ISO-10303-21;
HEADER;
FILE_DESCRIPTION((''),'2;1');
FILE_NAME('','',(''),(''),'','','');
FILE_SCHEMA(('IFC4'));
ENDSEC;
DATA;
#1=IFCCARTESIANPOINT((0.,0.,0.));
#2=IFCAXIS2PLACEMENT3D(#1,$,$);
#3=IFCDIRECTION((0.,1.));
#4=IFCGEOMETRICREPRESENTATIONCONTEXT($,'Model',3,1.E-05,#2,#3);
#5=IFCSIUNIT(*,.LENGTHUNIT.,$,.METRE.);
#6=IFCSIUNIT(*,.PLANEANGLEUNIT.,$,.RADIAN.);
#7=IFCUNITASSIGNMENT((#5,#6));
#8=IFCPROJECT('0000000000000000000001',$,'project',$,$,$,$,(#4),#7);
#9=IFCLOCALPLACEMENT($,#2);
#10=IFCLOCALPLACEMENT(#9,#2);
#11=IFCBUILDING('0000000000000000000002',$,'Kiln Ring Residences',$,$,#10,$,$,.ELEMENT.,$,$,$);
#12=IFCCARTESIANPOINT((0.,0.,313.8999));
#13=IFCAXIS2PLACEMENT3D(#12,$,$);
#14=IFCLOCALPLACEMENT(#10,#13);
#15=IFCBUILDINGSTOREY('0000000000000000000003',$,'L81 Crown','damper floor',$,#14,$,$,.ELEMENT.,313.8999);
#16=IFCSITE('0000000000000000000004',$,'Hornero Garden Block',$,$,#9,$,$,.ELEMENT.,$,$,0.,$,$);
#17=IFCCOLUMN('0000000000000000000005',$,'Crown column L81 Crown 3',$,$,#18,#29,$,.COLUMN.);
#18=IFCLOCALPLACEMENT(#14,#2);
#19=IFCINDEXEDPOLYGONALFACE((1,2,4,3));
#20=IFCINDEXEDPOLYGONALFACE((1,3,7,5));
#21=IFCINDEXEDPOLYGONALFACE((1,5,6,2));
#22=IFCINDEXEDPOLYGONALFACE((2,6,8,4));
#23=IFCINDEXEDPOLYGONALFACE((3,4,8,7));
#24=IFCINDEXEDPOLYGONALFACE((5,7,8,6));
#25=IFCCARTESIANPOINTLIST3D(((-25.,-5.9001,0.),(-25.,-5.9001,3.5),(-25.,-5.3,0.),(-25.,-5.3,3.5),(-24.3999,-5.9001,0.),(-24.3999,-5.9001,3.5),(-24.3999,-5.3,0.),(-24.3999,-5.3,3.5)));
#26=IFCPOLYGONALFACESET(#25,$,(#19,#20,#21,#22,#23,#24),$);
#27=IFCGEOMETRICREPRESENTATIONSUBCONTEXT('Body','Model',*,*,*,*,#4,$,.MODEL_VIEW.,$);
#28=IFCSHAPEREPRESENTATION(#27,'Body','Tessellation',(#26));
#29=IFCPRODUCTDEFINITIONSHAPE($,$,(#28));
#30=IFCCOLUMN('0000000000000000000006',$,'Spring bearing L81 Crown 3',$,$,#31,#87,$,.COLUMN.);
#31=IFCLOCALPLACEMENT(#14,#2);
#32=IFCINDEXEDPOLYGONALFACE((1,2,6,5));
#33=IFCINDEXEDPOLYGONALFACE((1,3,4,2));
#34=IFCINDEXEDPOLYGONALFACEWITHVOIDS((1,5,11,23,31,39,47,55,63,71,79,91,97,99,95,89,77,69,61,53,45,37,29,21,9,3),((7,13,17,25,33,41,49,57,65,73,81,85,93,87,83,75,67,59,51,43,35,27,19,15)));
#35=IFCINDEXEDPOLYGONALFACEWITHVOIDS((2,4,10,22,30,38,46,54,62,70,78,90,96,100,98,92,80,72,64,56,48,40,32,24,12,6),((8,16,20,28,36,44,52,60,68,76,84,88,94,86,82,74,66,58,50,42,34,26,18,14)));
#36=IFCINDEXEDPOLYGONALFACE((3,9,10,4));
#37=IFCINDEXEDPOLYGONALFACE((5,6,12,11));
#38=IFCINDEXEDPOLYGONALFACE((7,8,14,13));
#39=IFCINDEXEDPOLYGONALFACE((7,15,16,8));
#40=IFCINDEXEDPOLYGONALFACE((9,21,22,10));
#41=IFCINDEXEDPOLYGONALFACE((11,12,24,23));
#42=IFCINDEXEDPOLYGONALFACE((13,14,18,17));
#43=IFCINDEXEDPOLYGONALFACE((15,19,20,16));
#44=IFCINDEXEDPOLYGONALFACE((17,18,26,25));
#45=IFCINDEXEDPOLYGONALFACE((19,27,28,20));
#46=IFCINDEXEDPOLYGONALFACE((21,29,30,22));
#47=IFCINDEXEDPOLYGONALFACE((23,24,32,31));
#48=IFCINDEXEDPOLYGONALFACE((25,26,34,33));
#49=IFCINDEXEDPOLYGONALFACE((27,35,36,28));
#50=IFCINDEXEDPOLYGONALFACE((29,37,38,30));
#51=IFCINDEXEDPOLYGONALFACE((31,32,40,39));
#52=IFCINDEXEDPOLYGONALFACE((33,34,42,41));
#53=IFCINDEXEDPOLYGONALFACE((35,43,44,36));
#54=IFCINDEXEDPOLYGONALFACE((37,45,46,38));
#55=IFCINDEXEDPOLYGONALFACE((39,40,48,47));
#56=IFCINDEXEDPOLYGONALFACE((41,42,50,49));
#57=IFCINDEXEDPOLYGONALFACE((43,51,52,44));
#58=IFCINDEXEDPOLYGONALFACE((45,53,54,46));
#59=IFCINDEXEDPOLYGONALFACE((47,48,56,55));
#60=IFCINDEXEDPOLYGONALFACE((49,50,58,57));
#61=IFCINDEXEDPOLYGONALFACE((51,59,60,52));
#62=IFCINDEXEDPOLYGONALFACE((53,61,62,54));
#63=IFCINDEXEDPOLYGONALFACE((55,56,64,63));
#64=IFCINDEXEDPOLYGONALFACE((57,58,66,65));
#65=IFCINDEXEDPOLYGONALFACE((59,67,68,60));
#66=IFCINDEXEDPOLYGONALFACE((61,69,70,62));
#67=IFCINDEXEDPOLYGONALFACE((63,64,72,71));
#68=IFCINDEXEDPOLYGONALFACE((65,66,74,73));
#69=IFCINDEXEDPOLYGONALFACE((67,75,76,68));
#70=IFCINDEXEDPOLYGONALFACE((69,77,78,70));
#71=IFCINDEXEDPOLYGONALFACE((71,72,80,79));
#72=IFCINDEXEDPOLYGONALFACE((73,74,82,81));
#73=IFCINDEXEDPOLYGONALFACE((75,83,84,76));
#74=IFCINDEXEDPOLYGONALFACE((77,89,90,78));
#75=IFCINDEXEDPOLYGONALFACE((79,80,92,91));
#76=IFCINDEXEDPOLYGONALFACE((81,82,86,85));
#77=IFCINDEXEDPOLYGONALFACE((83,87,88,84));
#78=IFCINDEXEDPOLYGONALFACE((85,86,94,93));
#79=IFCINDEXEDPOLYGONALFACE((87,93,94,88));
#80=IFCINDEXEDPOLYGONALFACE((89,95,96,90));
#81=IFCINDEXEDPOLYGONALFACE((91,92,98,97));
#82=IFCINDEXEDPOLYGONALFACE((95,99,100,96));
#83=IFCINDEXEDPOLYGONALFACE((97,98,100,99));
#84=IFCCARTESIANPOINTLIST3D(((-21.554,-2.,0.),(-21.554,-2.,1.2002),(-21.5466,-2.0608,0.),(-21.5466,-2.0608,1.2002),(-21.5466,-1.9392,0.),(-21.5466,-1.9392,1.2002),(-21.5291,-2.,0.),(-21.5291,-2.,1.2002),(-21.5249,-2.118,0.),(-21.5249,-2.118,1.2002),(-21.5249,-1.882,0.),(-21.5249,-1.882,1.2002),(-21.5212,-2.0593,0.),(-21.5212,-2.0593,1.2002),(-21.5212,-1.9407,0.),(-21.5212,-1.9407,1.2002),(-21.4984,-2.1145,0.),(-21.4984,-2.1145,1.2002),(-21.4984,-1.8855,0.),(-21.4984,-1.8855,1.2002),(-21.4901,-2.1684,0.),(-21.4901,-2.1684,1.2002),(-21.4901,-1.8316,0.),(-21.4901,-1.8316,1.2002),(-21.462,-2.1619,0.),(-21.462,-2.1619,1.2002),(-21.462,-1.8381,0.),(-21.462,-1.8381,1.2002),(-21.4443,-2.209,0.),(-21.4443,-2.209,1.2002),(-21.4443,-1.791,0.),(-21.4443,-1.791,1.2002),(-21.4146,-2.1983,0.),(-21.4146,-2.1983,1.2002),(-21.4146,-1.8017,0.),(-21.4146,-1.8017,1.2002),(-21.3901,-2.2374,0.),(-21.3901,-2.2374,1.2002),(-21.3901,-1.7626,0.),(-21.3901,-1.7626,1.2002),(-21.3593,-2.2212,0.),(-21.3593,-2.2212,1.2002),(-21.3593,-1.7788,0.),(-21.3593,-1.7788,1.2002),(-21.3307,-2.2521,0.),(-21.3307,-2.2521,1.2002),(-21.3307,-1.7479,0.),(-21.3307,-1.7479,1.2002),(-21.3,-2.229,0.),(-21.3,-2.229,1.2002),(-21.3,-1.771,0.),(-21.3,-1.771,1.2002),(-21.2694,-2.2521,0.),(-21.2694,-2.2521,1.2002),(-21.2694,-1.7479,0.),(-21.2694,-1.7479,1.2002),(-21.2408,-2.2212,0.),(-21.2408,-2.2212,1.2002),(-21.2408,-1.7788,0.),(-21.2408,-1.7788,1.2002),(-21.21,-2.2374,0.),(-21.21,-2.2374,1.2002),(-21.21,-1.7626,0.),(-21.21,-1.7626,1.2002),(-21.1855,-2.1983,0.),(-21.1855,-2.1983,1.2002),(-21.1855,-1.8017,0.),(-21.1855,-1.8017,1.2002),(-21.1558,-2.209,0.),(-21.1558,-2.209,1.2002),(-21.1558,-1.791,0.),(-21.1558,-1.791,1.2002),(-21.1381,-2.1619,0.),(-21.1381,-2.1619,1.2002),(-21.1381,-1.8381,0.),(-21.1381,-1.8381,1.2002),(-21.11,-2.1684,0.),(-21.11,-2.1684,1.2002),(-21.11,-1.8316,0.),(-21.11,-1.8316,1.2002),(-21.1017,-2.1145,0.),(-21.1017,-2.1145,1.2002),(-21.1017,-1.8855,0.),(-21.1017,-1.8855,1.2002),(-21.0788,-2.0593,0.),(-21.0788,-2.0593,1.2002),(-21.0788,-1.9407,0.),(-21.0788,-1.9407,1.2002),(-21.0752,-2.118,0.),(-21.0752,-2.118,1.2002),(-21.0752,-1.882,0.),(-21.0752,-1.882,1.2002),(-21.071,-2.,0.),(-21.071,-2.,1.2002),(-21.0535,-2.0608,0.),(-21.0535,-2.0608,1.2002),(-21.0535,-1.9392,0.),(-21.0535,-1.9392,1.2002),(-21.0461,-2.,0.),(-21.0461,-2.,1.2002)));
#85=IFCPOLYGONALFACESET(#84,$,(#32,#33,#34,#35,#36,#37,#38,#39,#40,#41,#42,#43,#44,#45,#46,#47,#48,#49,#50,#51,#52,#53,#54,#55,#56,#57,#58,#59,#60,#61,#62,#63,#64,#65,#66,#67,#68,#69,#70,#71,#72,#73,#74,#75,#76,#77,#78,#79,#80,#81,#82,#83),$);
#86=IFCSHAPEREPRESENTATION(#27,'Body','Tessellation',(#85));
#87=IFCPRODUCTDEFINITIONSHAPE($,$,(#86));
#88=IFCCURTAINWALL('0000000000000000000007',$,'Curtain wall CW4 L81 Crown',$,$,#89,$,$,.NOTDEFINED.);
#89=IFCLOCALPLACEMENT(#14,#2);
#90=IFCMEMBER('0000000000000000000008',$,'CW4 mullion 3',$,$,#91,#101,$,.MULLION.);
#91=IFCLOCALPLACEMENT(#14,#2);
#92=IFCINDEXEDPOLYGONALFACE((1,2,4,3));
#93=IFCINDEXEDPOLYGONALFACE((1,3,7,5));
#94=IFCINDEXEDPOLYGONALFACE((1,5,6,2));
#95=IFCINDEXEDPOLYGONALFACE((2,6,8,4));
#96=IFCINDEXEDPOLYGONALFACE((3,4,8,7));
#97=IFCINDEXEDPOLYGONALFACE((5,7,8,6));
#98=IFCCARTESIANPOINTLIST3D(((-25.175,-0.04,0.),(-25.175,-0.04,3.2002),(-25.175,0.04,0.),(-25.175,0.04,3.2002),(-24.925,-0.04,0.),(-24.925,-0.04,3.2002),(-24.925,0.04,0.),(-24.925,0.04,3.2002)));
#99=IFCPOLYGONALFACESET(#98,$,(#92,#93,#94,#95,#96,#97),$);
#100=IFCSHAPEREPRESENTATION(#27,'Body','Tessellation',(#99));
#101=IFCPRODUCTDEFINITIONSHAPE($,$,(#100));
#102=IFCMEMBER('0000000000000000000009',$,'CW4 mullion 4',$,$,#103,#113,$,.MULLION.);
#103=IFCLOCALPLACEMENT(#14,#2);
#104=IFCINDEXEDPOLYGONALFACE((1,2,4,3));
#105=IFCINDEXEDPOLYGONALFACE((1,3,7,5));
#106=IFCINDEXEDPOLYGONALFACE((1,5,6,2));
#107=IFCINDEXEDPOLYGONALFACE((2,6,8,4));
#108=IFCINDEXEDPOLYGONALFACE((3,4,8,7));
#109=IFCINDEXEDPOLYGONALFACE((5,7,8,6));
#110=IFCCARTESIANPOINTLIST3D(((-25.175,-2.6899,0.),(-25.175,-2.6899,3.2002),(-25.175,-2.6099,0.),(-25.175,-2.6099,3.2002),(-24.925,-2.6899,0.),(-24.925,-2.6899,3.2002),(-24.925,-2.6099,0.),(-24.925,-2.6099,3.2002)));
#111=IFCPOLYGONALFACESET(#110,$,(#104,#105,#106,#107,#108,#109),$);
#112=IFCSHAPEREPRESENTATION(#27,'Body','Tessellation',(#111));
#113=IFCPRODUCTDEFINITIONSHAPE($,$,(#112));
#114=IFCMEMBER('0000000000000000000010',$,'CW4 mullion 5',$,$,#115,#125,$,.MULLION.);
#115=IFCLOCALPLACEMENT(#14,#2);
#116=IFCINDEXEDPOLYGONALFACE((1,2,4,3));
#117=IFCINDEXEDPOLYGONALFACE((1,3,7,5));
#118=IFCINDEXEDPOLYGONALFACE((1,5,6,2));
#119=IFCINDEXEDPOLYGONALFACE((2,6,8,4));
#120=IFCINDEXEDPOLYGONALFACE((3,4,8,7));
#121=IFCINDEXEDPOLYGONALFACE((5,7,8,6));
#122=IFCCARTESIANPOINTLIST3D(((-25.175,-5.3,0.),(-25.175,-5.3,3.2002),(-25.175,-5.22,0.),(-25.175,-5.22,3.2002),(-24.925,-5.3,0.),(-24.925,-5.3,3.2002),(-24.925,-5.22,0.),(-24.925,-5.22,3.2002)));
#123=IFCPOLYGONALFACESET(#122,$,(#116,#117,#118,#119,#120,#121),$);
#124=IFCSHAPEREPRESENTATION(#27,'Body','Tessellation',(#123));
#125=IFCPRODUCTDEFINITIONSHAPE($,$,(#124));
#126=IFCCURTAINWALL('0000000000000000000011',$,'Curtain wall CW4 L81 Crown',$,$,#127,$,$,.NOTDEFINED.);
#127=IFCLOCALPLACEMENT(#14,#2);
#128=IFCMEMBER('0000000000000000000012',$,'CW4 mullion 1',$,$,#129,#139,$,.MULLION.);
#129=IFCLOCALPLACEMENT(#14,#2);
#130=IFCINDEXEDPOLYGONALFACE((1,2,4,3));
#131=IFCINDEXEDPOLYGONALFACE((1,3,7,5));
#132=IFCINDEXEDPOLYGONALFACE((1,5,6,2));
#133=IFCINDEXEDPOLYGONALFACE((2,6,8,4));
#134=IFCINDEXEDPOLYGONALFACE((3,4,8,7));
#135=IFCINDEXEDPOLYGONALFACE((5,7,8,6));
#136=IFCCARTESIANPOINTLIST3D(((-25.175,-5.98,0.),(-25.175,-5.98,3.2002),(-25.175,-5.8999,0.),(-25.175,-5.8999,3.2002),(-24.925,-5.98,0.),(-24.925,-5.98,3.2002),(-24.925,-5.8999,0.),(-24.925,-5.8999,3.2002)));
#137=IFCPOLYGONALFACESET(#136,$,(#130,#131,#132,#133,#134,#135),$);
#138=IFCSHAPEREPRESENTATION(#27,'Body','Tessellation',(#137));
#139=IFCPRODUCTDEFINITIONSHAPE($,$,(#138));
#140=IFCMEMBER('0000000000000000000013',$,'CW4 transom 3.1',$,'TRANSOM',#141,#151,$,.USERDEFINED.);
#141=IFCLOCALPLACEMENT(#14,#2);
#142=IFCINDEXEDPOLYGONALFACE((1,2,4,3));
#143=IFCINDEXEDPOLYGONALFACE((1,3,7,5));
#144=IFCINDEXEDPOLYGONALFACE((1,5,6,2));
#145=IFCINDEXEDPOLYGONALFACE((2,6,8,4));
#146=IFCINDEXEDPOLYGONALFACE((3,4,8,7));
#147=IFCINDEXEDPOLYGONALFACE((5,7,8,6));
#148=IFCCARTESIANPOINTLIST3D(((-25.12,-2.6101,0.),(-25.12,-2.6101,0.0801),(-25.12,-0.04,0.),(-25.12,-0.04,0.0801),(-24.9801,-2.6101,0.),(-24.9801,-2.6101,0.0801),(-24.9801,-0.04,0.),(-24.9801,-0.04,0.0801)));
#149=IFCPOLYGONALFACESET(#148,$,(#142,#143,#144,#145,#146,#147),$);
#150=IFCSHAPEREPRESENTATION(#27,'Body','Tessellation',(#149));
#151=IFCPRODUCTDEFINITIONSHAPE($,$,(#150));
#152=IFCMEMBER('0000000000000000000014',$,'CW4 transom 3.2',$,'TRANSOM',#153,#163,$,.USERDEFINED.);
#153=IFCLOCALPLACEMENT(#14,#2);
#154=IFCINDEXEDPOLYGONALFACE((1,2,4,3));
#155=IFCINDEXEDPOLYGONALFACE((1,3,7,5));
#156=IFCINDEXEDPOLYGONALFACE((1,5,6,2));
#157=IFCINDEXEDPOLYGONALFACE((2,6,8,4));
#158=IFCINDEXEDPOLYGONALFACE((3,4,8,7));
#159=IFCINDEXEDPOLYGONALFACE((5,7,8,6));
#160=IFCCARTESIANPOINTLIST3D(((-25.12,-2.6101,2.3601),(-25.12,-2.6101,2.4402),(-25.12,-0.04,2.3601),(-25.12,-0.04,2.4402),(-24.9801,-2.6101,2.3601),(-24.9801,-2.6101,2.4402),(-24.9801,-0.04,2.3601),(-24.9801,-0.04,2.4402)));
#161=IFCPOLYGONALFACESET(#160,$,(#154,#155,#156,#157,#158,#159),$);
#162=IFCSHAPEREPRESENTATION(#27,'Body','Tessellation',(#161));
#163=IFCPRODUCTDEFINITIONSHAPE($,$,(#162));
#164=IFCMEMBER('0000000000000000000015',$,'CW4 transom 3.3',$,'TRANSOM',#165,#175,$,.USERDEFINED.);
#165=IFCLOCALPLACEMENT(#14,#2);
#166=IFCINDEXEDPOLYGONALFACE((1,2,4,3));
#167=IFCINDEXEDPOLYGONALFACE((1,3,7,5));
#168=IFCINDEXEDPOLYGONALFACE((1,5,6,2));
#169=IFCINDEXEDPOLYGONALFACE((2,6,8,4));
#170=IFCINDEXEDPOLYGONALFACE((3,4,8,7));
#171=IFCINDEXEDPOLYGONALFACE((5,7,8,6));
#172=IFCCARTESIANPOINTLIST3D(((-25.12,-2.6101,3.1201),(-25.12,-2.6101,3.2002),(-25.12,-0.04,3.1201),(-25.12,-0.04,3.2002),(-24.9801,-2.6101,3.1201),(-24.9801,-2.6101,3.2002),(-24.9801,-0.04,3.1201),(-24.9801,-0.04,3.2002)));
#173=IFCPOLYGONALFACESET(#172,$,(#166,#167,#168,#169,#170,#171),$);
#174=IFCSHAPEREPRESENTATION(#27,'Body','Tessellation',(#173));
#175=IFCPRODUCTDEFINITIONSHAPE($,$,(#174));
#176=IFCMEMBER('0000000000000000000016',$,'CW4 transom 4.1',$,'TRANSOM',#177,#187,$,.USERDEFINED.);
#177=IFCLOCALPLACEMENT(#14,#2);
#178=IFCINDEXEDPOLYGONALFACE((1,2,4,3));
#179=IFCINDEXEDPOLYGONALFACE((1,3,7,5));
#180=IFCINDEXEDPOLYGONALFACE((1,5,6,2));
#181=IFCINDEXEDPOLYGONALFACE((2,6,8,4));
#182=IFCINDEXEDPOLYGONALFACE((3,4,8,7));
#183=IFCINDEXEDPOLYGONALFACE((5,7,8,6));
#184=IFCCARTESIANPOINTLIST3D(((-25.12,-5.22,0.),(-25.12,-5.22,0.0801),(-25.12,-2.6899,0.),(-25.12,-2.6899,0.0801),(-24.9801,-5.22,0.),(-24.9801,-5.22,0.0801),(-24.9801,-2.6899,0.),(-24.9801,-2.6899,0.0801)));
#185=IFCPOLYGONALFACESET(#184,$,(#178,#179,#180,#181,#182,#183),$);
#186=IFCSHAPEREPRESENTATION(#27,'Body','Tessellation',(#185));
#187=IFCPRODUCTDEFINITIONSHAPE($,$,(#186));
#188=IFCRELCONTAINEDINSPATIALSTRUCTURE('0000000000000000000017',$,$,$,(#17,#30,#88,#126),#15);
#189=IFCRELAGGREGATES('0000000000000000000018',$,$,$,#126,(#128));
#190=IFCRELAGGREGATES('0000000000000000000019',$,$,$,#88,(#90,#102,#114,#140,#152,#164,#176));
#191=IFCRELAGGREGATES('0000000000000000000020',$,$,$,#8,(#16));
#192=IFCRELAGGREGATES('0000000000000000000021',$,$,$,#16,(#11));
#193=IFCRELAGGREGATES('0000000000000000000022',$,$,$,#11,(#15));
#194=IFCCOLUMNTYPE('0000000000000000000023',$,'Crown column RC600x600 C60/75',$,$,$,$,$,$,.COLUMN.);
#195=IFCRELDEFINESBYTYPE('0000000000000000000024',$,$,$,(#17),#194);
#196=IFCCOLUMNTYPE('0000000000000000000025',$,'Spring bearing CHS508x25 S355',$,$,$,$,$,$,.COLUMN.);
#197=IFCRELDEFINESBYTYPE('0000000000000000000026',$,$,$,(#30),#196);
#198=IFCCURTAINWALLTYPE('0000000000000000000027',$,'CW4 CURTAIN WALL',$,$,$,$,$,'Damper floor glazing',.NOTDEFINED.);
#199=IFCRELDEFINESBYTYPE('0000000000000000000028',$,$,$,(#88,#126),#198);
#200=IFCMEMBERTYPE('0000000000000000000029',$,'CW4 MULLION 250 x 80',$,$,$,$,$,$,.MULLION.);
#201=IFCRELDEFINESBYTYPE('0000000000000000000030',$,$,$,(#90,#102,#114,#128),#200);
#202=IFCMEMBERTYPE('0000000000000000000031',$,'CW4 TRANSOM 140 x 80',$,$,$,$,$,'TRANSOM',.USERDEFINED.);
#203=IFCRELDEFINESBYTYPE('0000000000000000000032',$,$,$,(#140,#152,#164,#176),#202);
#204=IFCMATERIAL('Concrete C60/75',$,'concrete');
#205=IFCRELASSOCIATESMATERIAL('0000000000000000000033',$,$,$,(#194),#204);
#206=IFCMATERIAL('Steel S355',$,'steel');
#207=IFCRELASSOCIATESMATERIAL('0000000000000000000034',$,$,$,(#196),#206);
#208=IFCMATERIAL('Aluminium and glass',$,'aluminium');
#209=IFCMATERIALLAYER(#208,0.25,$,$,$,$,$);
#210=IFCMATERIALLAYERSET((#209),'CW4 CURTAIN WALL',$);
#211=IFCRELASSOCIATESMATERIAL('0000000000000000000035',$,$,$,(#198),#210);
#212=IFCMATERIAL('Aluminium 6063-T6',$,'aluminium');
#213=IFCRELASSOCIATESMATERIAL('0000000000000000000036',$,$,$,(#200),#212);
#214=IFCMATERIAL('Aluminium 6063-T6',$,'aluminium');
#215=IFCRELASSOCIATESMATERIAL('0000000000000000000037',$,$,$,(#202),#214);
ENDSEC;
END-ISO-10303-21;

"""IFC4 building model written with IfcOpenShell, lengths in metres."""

from ifc_helpers import new_model, si_unit, direction, frame, origin, origin_2d, place, context, subcontext, project, spatial, rectangle, hollow_circle, extrude, material, layer, layer_set, material_profile, profile_set, type_object, element, aggregate, save


model = new_model("IFC4")

# Units and contexts
model_context = context("Model", 3, precision=1e-05, world=origin(), true_north=direction((0.0, 1.0)))
body_context = subcontext(model_context, "Body", "Model", "MODEL_VIEW")
ifc_project = project(units=[si_unit("LENGTHUNIT", "METRE"), si_unit("PLANEANGLEUNIT", "RADIAN")], contexts=[model_context])

# Site, building, storey
site_placement = place(None, origin())
site = spatial("IfcSite", under=ifc_project, at=site_placement, Name="Hornero Garden Block", CompositionType="ELEMENT", RefElevation=0.0)
building_placement = place(site_placement, origin())
building = spatial("IfcBuilding", under=site, at=building_placement, Name="Kiln Ring Residences", CompositionType="ELEMENT")
storey_placement = place(building_placement, frame((0.0, 0.0, 313.8999)))
storey = spatial("IfcBuildingStorey", under=building, at=storey_placement, Name="L81 Crown", Description="damper floor", CompositionType="ELEMENT", Elevation=313.8999)

# Columns
ifc_material_1 = material(Name="Concrete C60/75", Category="concrete")
ifc_material_profile_1 = material_profile(ifc_material_1, rectangle(XDim=0.6001, YDim=0.6001, at=origin_2d()), Name="RC600x600")
ifc_profile_set_1 = profile_set([ifc_material_profile_1], Name="Concrete C60/75")
column_type_1 = type_object("IfcColumnType", Name="Crown column RC600x600 C60/75", PredefinedType="COLUMN", material=ifc_profile_set_1)
column_1_placement = place(storey_placement, frame((-24.7, -5.6001, 0.0), z_axis=(0.0, 0.0, 1.0), x_axis=(1.0, 0.0, 0.0)))
element("IfcColumn", 1, at=column_1_placement, inside=storey, type_object=column_type_1, Name="Crown column L81 Crown 3", PredefinedType="COLUMN", context=body_context, shape_type="SweptSolid", body=[
    extrude(rectangle(XDim=0.6001, YDim=0.6001, at=origin_2d()), origin(), (0.0, 0.0, 1.0), 3.5),
])
ifc_material_2 = material(Name="Steel S355", Category="steel")
ifc_material_profile_2 = material_profile(ifc_material_2, hollow_circle(Radius=0.2539, WallThickness=0.0249, at=origin_2d()), Name="CHS508x25")
ifc_profile_set_2 = profile_set([ifc_material_profile_2], Name="Steel S355")
column_type_2 = type_object("IfcColumnType", Name="Spring bearing CHS508x25 S355", PredefinedType="COLUMN", material=ifc_profile_set_2)
column_2_placement = place(storey_placement, frame((-21.3, -2.0, 0.0), z_axis=(0.0, 0.0, 1.0), x_axis=(1.0, 0.0, 0.0)))
element("IfcColumn", 2, at=column_2_placement, inside=storey, type_object=column_type_2, Name="Spring bearing L81 Crown 3", PredefinedType="COLUMN", context=body_context, shape_type="SweptSolid", body=[
    extrude(hollow_circle(Radius=0.2539, WallThickness=0.0249, at=origin_2d()), origin(), (0.0, 0.0, 1.0), 1.2002),
])

# Curtain wall, members
ifc_material_3 = material(Name="Aluminium and glass", Category="aluminium")
ifc_layer_1 = layer(ifc_material_3, 0.25)
ifc_layer_set_1 = layer_set([ifc_layer_1], Name="CW4 CURTAIN WALL")
curtain_wall_type = type_object("IfcCurtainWallType", Name="CW4 CURTAIN WALL", ElementType="Damper floor glazing", PredefinedType="NOTDEFINED", material=ifc_layer_set_1)
placement = place(storey_placement, origin())
curtain_wall_1 = element("IfcCurtainWall", 3, at=placement, inside=storey, type_object=curtain_wall_type, Name="Curtain wall CW4 L81 Crown", PredefinedType="NOTDEFINED")
ifc_material_4 = material(Name="Aluminium 6063-T6", Category="aluminium")
ifc_material_profile_3 = material_profile(ifc_material_4, rectangle(XDim=0.25, YDim=0.0801, at=origin_2d()), Name="AL 250x80")
ifc_profile_set_3 = profile_set([ifc_material_profile_3], Name="Aluminium 6063-T6")
member_type_1 = type_object("IfcMemberType", Name="CW4 MULLION 250 x 80", PredefinedType="MULLION", material=ifc_profile_set_3)
member_1_placement = place(storey_placement, frame((-25.05, 0.0, 0.0), z_axis=(0.0, 0.0, 1.0), x_axis=(1.0, 0.0, 0.0)))
member_1 = element("IfcMember", 4, at=member_1_placement, type_object=member_type_1, Name="CW4 mullion 3", PredefinedType="MULLION", context=body_context, shape_type="SweptSolid", body=[
    extrude(rectangle(XDim=0.25, YDim=0.0801, at=origin_2d()), origin(), (0.0, 0.0, 1.0), 3.2002),
])
member_2_placement = place(storey_placement, frame((-25.05, -2.6499, 0.0), z_axis=(0.0, 0.0, 1.0), x_axis=(1.0, 0.0, 0.0)))
member_2 = element("IfcMember", 5, at=member_2_placement, type_object=member_type_1, Name="CW4 mullion 4", PredefinedType="MULLION", context=body_context, shape_type="SweptSolid", body=[
    extrude(rectangle(XDim=0.25, YDim=0.0801, at=origin_2d()), origin(), (0.0, 0.0, 1.0), 3.2002),
])
member_3_placement = place(storey_placement, frame((-25.05, -5.26, 0.0), z_axis=(0.0, 0.0, 1.0), x_axis=(1.0, 0.0, 0.0)))
member_3 = element("IfcMember", 6, at=member_3_placement, type_object=member_type_1, Name="CW4 mullion 5", PredefinedType="MULLION", context=body_context, shape_type="SweptSolid", body=[
    extrude(rectangle(XDim=0.25, YDim=0.0801, at=origin_2d()), origin(), (0.0, 0.0, 1.0), 3.2002),
])

# Curtain wall, member
curtain_wall_2 = element("IfcCurtainWall", 7, at=placement, inside=storey, type_object=curtain_wall_type, Name="Curtain wall CW4 L81 Crown", PredefinedType="NOTDEFINED")
member_4_placement = place(storey_placement, frame((-25.05, -5.9399, 0.0), z_axis=(0.0, 0.0, 1.0), x_axis=(1.0, 0.0, 0.0)))
member_4 = element("IfcMember", 8, at=member_4_placement, type_object=member_type_1, Name="CW4 mullion 1", PredefinedType="MULLION", context=body_context, shape_type="SweptSolid", body=[
    extrude(rectangle(XDim=0.25, YDim=0.0801, at=origin_2d()), origin(), (0.0, 0.0, 1.0), 3.2002),
])

# Members
ifc_material_5 = material(Name="Aluminium 6063-T6", Category="aluminium")
ifc_material_profile_4 = material_profile(ifc_material_5, rectangle(XDim=0.1399, YDim=0.0801, at=origin_2d()), Name="AL 140x80")
ifc_profile_set_4 = profile_set([ifc_material_profile_4], Name="Aluminium 6063-T6")
member_type_2 = type_object("IfcMemberType", Name="CW4 TRANSOM 140 x 80", ElementType="TRANSOM", PredefinedType="USERDEFINED", material=ifc_profile_set_4)
member_5_placement = place(storey_placement, frame((-25.05, -0.04, 0.04), z_axis=(0.0, -1.0, 0.0), x_axis=(1.0, 0.0, 0.0)))
member_5 = element("IfcMember", 9, at=member_5_placement, type_object=member_type_2, Name="CW4 transom 3.1", ObjectType="TRANSOM", PredefinedType="USERDEFINED", context=body_context, shape_type="SweptSolid", body=[
    extrude(rectangle(XDim=0.1399, YDim=0.0801, at=origin_2d()), origin(), (0.0, 0.0, 1.0), 2.5701),
])
member_6_placement = place(storey_placement, frame((-25.05, -0.04, 2.4001), z_axis=(0.0, -1.0, 0.0), x_axis=(1.0, 0.0, 0.0)))
member_6 = element("IfcMember", 10, at=member_6_placement, type_object=member_type_2, Name="CW4 transom 3.2", ObjectType="TRANSOM", PredefinedType="USERDEFINED", context=body_context, shape_type="SweptSolid", body=[
    extrude(rectangle(XDim=0.1399, YDim=0.0801, at=origin_2d()), origin(), (0.0, 0.0, 1.0), 2.5701),
])
member_7_placement = place(storey_placement, frame((-25.05, -0.04, 3.1602), z_axis=(0.0, -1.0, 0.0), x_axis=(1.0, 0.0, 0.0)))
member_7 = element("IfcMember", 11, at=member_7_placement, type_object=member_type_2, Name="CW4 transom 3.3", ObjectType="TRANSOM", PredefinedType="USERDEFINED", context=body_context, shape_type="SweptSolid", body=[
    extrude(rectangle(XDim=0.1399, YDim=0.0801, at=origin_2d()), origin(), (0.0, 0.0, 1.0), 2.5701),
])
member_8_placement = place(storey_placement, frame((-25.05, -2.6899, 0.04), z_axis=(0.0, -1.0, 0.0), x_axis=(1.0, 0.0, 0.0)))
member_8 = element("IfcMember", 12, at=member_8_placement, type_object=member_type_2, Name="CW4 transom 4.1", ObjectType="TRANSOM", PredefinedType="USERDEFINED", context=body_context, shape_type="SweptSolid", body=[
    extrude(rectangle(XDim=0.1399, YDim=0.0801, at=origin_2d()), origin(), (0.0, 0.0, 1.0), 2.53),
])
aggregate(curtain_wall_2, [member_4])

aggregate(curtain_wall_1, [member_1, member_2, member_3, member_5, member_6, member_7, member_8])

save(model, "model.ifc")
